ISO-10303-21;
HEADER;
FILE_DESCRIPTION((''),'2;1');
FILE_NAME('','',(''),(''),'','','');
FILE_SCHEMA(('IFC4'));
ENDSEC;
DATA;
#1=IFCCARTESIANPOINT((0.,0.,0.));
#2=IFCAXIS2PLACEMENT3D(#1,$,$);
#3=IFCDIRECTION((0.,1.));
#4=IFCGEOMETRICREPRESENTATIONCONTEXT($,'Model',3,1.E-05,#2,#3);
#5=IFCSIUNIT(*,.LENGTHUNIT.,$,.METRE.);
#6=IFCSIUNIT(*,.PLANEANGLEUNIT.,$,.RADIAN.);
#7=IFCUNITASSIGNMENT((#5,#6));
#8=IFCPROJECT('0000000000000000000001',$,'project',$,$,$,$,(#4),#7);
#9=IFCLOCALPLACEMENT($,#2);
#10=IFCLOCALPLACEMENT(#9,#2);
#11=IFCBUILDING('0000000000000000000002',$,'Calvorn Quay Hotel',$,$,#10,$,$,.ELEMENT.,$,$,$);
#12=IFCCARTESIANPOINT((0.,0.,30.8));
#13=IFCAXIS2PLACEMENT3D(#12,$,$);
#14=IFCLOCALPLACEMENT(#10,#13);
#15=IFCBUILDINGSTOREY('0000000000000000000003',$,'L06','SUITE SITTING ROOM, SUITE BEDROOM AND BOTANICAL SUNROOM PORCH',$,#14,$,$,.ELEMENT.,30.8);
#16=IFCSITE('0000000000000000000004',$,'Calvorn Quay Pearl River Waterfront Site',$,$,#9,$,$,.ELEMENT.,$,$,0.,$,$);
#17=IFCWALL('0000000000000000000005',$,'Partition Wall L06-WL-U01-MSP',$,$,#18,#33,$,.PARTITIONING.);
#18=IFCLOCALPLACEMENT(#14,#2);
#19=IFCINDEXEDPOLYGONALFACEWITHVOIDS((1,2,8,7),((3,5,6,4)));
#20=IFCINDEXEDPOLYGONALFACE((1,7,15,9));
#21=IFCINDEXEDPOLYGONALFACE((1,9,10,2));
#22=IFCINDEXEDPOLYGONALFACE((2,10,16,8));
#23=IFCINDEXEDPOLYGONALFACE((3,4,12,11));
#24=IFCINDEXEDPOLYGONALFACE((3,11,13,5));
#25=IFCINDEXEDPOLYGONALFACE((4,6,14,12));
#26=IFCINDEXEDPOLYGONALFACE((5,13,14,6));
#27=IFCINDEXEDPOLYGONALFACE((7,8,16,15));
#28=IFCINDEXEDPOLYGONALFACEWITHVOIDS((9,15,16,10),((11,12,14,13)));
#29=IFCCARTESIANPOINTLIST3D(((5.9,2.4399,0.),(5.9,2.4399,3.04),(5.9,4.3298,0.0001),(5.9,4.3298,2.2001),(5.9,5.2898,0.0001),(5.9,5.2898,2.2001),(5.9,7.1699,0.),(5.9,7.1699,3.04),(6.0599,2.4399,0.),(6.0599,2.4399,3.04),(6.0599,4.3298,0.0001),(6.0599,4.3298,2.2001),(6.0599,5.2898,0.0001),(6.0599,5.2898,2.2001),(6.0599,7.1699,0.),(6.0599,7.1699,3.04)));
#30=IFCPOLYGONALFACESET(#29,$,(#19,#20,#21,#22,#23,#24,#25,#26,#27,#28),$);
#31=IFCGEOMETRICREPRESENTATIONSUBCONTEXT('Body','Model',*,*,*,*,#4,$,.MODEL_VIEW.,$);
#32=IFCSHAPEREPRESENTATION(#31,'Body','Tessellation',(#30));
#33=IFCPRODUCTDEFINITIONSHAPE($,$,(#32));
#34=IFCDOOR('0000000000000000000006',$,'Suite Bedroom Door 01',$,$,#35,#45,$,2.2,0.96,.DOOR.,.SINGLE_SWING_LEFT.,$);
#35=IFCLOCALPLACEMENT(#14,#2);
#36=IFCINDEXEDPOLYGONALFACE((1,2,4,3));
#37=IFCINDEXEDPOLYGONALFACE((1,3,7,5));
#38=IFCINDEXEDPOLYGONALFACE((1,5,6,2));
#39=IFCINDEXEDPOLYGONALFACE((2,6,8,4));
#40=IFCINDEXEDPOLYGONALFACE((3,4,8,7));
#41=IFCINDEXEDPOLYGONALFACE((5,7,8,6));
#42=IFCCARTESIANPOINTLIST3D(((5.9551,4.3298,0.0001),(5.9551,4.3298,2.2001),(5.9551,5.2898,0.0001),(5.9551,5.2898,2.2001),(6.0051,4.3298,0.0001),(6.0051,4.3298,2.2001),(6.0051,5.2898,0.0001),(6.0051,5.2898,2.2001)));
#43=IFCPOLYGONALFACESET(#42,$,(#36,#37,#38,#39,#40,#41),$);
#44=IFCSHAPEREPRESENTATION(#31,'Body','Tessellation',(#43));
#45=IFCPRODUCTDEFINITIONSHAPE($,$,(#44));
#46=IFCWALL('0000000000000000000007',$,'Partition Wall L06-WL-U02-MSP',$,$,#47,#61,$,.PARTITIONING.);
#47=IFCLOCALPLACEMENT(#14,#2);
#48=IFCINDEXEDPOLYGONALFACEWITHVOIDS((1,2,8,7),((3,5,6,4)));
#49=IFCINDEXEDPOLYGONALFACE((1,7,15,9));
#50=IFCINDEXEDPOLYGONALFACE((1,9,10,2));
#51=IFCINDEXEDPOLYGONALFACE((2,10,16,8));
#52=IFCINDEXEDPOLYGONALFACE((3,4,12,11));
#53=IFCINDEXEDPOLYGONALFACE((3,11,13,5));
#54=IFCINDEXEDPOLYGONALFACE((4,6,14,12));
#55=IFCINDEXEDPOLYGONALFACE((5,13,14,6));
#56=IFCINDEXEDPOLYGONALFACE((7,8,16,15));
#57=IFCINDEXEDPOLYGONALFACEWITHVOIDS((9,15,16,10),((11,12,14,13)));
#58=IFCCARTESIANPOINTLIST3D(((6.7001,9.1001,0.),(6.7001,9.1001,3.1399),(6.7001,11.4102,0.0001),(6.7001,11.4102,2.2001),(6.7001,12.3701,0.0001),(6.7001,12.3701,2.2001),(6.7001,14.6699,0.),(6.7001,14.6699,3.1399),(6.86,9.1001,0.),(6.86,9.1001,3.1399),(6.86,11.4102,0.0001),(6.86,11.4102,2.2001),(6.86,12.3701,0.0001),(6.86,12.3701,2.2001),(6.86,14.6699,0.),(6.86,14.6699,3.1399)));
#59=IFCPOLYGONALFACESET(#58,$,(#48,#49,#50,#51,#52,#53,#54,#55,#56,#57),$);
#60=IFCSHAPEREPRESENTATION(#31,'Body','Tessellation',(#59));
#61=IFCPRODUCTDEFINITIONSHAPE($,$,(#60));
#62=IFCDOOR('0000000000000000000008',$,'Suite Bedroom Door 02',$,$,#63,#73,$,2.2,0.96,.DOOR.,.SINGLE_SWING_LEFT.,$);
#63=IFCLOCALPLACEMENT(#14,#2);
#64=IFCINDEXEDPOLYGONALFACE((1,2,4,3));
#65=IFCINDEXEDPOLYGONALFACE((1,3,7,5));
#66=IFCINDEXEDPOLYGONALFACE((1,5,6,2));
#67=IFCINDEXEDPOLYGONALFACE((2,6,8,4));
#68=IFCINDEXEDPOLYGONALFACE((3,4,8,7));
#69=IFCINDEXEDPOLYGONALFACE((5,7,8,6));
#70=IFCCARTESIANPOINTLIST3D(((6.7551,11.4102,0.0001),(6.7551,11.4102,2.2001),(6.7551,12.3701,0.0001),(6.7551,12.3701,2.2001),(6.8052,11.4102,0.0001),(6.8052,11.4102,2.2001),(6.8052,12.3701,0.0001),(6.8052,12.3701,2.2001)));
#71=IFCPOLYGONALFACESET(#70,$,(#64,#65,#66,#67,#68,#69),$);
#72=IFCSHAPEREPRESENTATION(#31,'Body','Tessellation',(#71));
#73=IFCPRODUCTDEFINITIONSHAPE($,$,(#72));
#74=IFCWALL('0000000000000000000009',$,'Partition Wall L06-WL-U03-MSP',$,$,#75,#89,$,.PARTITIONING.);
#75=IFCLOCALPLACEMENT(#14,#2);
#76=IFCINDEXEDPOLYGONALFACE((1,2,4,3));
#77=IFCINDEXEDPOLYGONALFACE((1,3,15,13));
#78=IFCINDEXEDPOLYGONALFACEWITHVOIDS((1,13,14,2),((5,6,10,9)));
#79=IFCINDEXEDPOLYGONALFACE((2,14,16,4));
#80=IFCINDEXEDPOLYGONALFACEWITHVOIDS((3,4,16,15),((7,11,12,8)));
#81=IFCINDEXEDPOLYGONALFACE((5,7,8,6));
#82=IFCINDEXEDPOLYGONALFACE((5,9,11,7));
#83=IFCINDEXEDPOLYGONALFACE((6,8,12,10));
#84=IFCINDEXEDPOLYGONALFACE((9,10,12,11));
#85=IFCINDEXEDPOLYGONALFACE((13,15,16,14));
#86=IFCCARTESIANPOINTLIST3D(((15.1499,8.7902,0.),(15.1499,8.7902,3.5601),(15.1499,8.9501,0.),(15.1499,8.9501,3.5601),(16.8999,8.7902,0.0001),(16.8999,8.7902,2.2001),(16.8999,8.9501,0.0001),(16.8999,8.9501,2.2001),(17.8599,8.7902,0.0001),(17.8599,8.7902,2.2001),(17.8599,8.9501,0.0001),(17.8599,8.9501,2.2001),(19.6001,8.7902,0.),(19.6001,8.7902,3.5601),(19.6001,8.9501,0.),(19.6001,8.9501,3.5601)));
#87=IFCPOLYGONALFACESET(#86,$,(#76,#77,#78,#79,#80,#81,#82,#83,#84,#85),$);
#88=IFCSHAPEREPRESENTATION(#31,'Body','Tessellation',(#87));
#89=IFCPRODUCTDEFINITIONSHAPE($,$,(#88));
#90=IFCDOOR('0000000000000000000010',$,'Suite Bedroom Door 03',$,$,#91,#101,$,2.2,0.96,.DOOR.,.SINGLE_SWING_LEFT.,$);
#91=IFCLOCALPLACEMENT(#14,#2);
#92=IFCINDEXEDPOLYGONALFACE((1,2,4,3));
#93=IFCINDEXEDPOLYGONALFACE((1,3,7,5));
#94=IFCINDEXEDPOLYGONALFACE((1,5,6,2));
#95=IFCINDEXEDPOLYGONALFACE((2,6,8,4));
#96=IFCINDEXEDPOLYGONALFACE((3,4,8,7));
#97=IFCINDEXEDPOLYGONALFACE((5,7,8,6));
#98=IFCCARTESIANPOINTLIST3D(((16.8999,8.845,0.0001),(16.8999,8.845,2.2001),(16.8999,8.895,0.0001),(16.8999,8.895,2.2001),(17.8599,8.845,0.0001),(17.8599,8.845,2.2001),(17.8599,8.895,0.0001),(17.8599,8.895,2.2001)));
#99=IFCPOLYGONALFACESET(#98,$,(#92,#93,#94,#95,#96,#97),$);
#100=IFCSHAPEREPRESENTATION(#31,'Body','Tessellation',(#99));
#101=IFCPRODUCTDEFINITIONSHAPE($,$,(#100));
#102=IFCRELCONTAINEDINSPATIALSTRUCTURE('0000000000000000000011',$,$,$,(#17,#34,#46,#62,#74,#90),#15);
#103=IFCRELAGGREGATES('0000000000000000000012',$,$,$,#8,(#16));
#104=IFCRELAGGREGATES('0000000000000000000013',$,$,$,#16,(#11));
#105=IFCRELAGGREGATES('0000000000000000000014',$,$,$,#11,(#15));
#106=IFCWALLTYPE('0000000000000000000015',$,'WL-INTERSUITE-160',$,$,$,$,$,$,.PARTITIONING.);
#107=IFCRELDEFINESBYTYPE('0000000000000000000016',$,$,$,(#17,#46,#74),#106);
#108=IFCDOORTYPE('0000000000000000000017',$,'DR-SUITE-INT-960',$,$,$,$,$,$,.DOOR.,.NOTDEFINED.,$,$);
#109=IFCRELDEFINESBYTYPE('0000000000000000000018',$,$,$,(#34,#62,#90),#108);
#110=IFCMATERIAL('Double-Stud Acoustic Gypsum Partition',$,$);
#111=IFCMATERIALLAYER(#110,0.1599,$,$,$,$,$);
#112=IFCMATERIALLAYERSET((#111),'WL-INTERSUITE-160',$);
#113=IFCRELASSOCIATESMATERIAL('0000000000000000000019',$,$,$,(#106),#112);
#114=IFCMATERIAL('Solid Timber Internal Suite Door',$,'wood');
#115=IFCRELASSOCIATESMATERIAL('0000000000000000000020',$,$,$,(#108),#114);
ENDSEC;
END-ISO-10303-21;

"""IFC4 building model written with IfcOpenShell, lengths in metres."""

from ifc_helpers import new_model, si_unit, direction, frame, frame_2d, origin, place, context, subcontext, project, spatial, rectangle, extrude, material, layer, layer_set, type_object, element, fill, save


model = new_model("IFC4")

# Units and contexts
model_context = context("Model", 3, precision=1e-05, world=origin(), true_north=direction((0.0, 1.0)))
body_context = subcontext(model_context, "Body", "Model", "MODEL_VIEW")
ifc_project = project(units=[si_unit("LENGTHUNIT", "METRE"), si_unit("PLANEANGLEUNIT", "RADIAN")], contexts=[model_context])

# Site, building, storey
site_placement = place(None, origin())
site = spatial("IfcSite", under=ifc_project, at=site_placement, Name="Calvorn Quay Pearl River Waterfront Site", CompositionType="ELEMENT", RefElevation=0.0)
building_placement = place(site_placement, origin())
building = spatial("IfcBuilding", under=site, at=building_placement, Name="Calvorn Quay Hotel", CompositionType="ELEMENT")
storey_placement = place(building_placement, frame((0.0, 0.0, 30.8)))
storey = spatial("IfcBuildingStorey", under=building, at=storey_placement, Name="L06", Description="SUITE SITTING ROOM, SUITE BEDROOM AND BOTANICAL SUNROOM PORCH", CompositionType="ELEMENT", Elevation=30.8)

# Walls, openings, doors
ifc_material_1 = material(Name="Double-Stud Acoustic Gypsum Partition")
ifc_layer_1 = layer(ifc_material_1, 0.1599)
ifc_layer_set_1 = layer_set([ifc_layer_1], Name="WL-INTERSUITE-160")
wall_type_1 = type_object("IfcWallType", Name="WL-INTERSUITE-160", PredefinedType="PARTITIONING", material=ifc_layer_set_1)
wall_1_placement = place(storey_placement, frame((5.98, 2.4399, 0.0), z_axis=(0.0, 0.0, 1.0), x_axis=(0.0, 1.0, 0.0)))
wall_1 = element("IfcWall", 1, at=wall_1_placement, inside=storey, type_object=wall_type_1, Name="Partition Wall L06-WL-U01-MSP", PredefinedType="PARTITIONING", context=body_context, shape_type="SweptSolid", body=[
    extrude(rectangle(XDim=4.73, YDim=0.1599, at=frame_2d((2.365, 0.0))), origin(), (0.0, 0.0, 1.0), 3.04),
])
opening_1_placement = place(wall_1_placement, frame((1.8899, 0.0, 0.0)))
opening_1 = element("IfcOpeningElement", 2, at=opening_1_placement, cuts=wall_1, PredefinedType="OPENING", context=body_context, shape_type="SweptSolid", body=[
    extrude(rectangle(XDim=0.96, YDim=2.2, at=frame_2d((0.48, 1.1001))), frame((0.0, 0.0898, 0.0), z_axis=(0.0, -1.0, 0.0), x_axis=(1.0, 0.0, 0.0)), (0.0, 0.0, 1.0), 0.1799),
])
ifc_material_2 = material(Name="Solid Timber Internal Suite Door", Category="wood")
door_type_1 = type_object("IfcDoorType", Name="DR-SUITE-INT-960", OperationType="NOTDEFINED", PredefinedType="DOOR", material=ifc_material_2)
door_1_placement = place(opening_1_placement, origin())
door_1 = element("IfcDoor", 3, at=door_1_placement, inside=storey, type_object=door_type_1, Name="Suite Bedroom Door 01", OperationType="SINGLE_SWING_LEFT", OverallHeight=2.2, OverallWidth=0.96, PredefinedType="DOOR", context=body_context, shape_type="SweptSolid", body=[
    extrude(rectangle(XDim=0.96, YDim=2.2, at=frame_2d((0.48, 1.1001))), frame((0.0, 0.0249, 0.0), z_axis=(0.0, -1.0, 0.0), x_axis=(1.0, 0.0, 0.0)), (0.0, 0.0, 1.0), 0.05),
])
fill(opening_1, door_1)
wall_2_placement = place(storey_placement, frame((6.78, 9.1001, 0.0), z_axis=(0.0, 0.0, 1.0), x_axis=(0.0, 1.0, 0.0)))
wall_2 = element("IfcWall", 4, at=wall_2_placement, inside=storey, type_object=wall_type_1, Name="Partition Wall L06-WL-U02-MSP", PredefinedType="PARTITIONING", context=body_context, shape_type="SweptSolid", body=[
    extrude(rectangle(XDim=5.5698, YDim=0.1599, at=frame_2d((2.7849, 0.0))), origin(), (0.0, 0.0, 1.0), 3.1399),
])
opening_2_placement = place(wall_2_placement, frame((2.3101, 0.0, 0.0)))
opening_2 = element("IfcOpeningElement", 5, at=opening_2_placement, cuts=wall_2, PredefinedType="OPENING", context=body_context, shape_type="SweptSolid", body=[
    extrude(rectangle(XDim=0.96, YDim=2.2, at=frame_2d((0.48, 1.1001))), frame((0.0, 0.0898, 0.0), z_axis=(0.0, -1.0, 0.0), x_axis=(1.0, 0.0, 0.0)), (0.0, 0.0, 1.0), 0.1799),
])
door_2_placement = place(opening_2_placement, origin())
door_2 = element("IfcDoor", 6, at=door_2_placement, inside=storey, type_object=door_type_1, Name="Suite Bedroom Door 02", OperationType="SINGLE_SWING_LEFT", OverallHeight=2.2, OverallWidth=0.96, PredefinedType="DOOR", context=body_context, shape_type="SweptSolid", body=[
    extrude(rectangle(XDim=0.96, YDim=2.2, at=frame_2d((0.48, 1.1001))), frame((0.0, 0.0249, 0.0), z_axis=(0.0, -1.0, 0.0), x_axis=(1.0, 0.0, 0.0)), (0.0, 0.0, 1.0), 0.05),
])
fill(opening_2, door_2)
wall_3_placement = place(storey_placement, frame((15.1499, 8.8701, 0.0), z_axis=(0.0, 0.0, 1.0), x_axis=(1.0, 0.0, 0.0)))
wall_3 = element("IfcWall", 7, at=wall_3_placement, inside=storey, type_object=wall_type_1, Name="Partition Wall L06-WL-U03-MSP", PredefinedType="PARTITIONING", context=body_context, shape_type="SweptSolid", body=[
    extrude(rectangle(XDim=4.4502, YDim=0.1599, at=frame_2d((2.2251, 0.0))), origin(), (0.0, 0.0, 1.0), 3.5601),
])
opening_3_placement = place(wall_3_placement, frame((1.75, 0.0, 0.0)))
opening_3 = element("IfcOpeningElement", 8, at=opening_3_placement, cuts=wall_3, PredefinedType="OPENING", context=body_context, shape_type="SweptSolid", body=[
    extrude(rectangle(XDim=0.96, YDim=2.2, at=frame_2d((0.48, 1.1001))), frame((0.0, 0.0898, 0.0), z_axis=(0.0, -1.0, 0.0), x_axis=(1.0, 0.0, 0.0)), (0.0, 0.0, 1.0), 0.1799),
])
door_3_placement = place(opening_3_placement, origin())
door_3 = element("IfcDoor", 9, at=door_3_placement, inside=storey, type_object=door_type_1, Name="Suite Bedroom Door 03", OperationType="SINGLE_SWING_LEFT", OverallHeight=2.2, OverallWidth=0.96, PredefinedType="DOOR", context=body_context, shape_type="SweptSolid", body=[
    extrude(rectangle(XDim=0.96, YDim=2.2, at=frame_2d((0.48, 1.1001))), frame((0.0, 0.0249, 0.0), z_axis=(0.0, -1.0, 0.0), x_axis=(1.0, 0.0, 0.0)), (0.0, 0.0, 1.0), 0.05),
])
fill(opening_3, door_3)

save(model, "model.ifc")
